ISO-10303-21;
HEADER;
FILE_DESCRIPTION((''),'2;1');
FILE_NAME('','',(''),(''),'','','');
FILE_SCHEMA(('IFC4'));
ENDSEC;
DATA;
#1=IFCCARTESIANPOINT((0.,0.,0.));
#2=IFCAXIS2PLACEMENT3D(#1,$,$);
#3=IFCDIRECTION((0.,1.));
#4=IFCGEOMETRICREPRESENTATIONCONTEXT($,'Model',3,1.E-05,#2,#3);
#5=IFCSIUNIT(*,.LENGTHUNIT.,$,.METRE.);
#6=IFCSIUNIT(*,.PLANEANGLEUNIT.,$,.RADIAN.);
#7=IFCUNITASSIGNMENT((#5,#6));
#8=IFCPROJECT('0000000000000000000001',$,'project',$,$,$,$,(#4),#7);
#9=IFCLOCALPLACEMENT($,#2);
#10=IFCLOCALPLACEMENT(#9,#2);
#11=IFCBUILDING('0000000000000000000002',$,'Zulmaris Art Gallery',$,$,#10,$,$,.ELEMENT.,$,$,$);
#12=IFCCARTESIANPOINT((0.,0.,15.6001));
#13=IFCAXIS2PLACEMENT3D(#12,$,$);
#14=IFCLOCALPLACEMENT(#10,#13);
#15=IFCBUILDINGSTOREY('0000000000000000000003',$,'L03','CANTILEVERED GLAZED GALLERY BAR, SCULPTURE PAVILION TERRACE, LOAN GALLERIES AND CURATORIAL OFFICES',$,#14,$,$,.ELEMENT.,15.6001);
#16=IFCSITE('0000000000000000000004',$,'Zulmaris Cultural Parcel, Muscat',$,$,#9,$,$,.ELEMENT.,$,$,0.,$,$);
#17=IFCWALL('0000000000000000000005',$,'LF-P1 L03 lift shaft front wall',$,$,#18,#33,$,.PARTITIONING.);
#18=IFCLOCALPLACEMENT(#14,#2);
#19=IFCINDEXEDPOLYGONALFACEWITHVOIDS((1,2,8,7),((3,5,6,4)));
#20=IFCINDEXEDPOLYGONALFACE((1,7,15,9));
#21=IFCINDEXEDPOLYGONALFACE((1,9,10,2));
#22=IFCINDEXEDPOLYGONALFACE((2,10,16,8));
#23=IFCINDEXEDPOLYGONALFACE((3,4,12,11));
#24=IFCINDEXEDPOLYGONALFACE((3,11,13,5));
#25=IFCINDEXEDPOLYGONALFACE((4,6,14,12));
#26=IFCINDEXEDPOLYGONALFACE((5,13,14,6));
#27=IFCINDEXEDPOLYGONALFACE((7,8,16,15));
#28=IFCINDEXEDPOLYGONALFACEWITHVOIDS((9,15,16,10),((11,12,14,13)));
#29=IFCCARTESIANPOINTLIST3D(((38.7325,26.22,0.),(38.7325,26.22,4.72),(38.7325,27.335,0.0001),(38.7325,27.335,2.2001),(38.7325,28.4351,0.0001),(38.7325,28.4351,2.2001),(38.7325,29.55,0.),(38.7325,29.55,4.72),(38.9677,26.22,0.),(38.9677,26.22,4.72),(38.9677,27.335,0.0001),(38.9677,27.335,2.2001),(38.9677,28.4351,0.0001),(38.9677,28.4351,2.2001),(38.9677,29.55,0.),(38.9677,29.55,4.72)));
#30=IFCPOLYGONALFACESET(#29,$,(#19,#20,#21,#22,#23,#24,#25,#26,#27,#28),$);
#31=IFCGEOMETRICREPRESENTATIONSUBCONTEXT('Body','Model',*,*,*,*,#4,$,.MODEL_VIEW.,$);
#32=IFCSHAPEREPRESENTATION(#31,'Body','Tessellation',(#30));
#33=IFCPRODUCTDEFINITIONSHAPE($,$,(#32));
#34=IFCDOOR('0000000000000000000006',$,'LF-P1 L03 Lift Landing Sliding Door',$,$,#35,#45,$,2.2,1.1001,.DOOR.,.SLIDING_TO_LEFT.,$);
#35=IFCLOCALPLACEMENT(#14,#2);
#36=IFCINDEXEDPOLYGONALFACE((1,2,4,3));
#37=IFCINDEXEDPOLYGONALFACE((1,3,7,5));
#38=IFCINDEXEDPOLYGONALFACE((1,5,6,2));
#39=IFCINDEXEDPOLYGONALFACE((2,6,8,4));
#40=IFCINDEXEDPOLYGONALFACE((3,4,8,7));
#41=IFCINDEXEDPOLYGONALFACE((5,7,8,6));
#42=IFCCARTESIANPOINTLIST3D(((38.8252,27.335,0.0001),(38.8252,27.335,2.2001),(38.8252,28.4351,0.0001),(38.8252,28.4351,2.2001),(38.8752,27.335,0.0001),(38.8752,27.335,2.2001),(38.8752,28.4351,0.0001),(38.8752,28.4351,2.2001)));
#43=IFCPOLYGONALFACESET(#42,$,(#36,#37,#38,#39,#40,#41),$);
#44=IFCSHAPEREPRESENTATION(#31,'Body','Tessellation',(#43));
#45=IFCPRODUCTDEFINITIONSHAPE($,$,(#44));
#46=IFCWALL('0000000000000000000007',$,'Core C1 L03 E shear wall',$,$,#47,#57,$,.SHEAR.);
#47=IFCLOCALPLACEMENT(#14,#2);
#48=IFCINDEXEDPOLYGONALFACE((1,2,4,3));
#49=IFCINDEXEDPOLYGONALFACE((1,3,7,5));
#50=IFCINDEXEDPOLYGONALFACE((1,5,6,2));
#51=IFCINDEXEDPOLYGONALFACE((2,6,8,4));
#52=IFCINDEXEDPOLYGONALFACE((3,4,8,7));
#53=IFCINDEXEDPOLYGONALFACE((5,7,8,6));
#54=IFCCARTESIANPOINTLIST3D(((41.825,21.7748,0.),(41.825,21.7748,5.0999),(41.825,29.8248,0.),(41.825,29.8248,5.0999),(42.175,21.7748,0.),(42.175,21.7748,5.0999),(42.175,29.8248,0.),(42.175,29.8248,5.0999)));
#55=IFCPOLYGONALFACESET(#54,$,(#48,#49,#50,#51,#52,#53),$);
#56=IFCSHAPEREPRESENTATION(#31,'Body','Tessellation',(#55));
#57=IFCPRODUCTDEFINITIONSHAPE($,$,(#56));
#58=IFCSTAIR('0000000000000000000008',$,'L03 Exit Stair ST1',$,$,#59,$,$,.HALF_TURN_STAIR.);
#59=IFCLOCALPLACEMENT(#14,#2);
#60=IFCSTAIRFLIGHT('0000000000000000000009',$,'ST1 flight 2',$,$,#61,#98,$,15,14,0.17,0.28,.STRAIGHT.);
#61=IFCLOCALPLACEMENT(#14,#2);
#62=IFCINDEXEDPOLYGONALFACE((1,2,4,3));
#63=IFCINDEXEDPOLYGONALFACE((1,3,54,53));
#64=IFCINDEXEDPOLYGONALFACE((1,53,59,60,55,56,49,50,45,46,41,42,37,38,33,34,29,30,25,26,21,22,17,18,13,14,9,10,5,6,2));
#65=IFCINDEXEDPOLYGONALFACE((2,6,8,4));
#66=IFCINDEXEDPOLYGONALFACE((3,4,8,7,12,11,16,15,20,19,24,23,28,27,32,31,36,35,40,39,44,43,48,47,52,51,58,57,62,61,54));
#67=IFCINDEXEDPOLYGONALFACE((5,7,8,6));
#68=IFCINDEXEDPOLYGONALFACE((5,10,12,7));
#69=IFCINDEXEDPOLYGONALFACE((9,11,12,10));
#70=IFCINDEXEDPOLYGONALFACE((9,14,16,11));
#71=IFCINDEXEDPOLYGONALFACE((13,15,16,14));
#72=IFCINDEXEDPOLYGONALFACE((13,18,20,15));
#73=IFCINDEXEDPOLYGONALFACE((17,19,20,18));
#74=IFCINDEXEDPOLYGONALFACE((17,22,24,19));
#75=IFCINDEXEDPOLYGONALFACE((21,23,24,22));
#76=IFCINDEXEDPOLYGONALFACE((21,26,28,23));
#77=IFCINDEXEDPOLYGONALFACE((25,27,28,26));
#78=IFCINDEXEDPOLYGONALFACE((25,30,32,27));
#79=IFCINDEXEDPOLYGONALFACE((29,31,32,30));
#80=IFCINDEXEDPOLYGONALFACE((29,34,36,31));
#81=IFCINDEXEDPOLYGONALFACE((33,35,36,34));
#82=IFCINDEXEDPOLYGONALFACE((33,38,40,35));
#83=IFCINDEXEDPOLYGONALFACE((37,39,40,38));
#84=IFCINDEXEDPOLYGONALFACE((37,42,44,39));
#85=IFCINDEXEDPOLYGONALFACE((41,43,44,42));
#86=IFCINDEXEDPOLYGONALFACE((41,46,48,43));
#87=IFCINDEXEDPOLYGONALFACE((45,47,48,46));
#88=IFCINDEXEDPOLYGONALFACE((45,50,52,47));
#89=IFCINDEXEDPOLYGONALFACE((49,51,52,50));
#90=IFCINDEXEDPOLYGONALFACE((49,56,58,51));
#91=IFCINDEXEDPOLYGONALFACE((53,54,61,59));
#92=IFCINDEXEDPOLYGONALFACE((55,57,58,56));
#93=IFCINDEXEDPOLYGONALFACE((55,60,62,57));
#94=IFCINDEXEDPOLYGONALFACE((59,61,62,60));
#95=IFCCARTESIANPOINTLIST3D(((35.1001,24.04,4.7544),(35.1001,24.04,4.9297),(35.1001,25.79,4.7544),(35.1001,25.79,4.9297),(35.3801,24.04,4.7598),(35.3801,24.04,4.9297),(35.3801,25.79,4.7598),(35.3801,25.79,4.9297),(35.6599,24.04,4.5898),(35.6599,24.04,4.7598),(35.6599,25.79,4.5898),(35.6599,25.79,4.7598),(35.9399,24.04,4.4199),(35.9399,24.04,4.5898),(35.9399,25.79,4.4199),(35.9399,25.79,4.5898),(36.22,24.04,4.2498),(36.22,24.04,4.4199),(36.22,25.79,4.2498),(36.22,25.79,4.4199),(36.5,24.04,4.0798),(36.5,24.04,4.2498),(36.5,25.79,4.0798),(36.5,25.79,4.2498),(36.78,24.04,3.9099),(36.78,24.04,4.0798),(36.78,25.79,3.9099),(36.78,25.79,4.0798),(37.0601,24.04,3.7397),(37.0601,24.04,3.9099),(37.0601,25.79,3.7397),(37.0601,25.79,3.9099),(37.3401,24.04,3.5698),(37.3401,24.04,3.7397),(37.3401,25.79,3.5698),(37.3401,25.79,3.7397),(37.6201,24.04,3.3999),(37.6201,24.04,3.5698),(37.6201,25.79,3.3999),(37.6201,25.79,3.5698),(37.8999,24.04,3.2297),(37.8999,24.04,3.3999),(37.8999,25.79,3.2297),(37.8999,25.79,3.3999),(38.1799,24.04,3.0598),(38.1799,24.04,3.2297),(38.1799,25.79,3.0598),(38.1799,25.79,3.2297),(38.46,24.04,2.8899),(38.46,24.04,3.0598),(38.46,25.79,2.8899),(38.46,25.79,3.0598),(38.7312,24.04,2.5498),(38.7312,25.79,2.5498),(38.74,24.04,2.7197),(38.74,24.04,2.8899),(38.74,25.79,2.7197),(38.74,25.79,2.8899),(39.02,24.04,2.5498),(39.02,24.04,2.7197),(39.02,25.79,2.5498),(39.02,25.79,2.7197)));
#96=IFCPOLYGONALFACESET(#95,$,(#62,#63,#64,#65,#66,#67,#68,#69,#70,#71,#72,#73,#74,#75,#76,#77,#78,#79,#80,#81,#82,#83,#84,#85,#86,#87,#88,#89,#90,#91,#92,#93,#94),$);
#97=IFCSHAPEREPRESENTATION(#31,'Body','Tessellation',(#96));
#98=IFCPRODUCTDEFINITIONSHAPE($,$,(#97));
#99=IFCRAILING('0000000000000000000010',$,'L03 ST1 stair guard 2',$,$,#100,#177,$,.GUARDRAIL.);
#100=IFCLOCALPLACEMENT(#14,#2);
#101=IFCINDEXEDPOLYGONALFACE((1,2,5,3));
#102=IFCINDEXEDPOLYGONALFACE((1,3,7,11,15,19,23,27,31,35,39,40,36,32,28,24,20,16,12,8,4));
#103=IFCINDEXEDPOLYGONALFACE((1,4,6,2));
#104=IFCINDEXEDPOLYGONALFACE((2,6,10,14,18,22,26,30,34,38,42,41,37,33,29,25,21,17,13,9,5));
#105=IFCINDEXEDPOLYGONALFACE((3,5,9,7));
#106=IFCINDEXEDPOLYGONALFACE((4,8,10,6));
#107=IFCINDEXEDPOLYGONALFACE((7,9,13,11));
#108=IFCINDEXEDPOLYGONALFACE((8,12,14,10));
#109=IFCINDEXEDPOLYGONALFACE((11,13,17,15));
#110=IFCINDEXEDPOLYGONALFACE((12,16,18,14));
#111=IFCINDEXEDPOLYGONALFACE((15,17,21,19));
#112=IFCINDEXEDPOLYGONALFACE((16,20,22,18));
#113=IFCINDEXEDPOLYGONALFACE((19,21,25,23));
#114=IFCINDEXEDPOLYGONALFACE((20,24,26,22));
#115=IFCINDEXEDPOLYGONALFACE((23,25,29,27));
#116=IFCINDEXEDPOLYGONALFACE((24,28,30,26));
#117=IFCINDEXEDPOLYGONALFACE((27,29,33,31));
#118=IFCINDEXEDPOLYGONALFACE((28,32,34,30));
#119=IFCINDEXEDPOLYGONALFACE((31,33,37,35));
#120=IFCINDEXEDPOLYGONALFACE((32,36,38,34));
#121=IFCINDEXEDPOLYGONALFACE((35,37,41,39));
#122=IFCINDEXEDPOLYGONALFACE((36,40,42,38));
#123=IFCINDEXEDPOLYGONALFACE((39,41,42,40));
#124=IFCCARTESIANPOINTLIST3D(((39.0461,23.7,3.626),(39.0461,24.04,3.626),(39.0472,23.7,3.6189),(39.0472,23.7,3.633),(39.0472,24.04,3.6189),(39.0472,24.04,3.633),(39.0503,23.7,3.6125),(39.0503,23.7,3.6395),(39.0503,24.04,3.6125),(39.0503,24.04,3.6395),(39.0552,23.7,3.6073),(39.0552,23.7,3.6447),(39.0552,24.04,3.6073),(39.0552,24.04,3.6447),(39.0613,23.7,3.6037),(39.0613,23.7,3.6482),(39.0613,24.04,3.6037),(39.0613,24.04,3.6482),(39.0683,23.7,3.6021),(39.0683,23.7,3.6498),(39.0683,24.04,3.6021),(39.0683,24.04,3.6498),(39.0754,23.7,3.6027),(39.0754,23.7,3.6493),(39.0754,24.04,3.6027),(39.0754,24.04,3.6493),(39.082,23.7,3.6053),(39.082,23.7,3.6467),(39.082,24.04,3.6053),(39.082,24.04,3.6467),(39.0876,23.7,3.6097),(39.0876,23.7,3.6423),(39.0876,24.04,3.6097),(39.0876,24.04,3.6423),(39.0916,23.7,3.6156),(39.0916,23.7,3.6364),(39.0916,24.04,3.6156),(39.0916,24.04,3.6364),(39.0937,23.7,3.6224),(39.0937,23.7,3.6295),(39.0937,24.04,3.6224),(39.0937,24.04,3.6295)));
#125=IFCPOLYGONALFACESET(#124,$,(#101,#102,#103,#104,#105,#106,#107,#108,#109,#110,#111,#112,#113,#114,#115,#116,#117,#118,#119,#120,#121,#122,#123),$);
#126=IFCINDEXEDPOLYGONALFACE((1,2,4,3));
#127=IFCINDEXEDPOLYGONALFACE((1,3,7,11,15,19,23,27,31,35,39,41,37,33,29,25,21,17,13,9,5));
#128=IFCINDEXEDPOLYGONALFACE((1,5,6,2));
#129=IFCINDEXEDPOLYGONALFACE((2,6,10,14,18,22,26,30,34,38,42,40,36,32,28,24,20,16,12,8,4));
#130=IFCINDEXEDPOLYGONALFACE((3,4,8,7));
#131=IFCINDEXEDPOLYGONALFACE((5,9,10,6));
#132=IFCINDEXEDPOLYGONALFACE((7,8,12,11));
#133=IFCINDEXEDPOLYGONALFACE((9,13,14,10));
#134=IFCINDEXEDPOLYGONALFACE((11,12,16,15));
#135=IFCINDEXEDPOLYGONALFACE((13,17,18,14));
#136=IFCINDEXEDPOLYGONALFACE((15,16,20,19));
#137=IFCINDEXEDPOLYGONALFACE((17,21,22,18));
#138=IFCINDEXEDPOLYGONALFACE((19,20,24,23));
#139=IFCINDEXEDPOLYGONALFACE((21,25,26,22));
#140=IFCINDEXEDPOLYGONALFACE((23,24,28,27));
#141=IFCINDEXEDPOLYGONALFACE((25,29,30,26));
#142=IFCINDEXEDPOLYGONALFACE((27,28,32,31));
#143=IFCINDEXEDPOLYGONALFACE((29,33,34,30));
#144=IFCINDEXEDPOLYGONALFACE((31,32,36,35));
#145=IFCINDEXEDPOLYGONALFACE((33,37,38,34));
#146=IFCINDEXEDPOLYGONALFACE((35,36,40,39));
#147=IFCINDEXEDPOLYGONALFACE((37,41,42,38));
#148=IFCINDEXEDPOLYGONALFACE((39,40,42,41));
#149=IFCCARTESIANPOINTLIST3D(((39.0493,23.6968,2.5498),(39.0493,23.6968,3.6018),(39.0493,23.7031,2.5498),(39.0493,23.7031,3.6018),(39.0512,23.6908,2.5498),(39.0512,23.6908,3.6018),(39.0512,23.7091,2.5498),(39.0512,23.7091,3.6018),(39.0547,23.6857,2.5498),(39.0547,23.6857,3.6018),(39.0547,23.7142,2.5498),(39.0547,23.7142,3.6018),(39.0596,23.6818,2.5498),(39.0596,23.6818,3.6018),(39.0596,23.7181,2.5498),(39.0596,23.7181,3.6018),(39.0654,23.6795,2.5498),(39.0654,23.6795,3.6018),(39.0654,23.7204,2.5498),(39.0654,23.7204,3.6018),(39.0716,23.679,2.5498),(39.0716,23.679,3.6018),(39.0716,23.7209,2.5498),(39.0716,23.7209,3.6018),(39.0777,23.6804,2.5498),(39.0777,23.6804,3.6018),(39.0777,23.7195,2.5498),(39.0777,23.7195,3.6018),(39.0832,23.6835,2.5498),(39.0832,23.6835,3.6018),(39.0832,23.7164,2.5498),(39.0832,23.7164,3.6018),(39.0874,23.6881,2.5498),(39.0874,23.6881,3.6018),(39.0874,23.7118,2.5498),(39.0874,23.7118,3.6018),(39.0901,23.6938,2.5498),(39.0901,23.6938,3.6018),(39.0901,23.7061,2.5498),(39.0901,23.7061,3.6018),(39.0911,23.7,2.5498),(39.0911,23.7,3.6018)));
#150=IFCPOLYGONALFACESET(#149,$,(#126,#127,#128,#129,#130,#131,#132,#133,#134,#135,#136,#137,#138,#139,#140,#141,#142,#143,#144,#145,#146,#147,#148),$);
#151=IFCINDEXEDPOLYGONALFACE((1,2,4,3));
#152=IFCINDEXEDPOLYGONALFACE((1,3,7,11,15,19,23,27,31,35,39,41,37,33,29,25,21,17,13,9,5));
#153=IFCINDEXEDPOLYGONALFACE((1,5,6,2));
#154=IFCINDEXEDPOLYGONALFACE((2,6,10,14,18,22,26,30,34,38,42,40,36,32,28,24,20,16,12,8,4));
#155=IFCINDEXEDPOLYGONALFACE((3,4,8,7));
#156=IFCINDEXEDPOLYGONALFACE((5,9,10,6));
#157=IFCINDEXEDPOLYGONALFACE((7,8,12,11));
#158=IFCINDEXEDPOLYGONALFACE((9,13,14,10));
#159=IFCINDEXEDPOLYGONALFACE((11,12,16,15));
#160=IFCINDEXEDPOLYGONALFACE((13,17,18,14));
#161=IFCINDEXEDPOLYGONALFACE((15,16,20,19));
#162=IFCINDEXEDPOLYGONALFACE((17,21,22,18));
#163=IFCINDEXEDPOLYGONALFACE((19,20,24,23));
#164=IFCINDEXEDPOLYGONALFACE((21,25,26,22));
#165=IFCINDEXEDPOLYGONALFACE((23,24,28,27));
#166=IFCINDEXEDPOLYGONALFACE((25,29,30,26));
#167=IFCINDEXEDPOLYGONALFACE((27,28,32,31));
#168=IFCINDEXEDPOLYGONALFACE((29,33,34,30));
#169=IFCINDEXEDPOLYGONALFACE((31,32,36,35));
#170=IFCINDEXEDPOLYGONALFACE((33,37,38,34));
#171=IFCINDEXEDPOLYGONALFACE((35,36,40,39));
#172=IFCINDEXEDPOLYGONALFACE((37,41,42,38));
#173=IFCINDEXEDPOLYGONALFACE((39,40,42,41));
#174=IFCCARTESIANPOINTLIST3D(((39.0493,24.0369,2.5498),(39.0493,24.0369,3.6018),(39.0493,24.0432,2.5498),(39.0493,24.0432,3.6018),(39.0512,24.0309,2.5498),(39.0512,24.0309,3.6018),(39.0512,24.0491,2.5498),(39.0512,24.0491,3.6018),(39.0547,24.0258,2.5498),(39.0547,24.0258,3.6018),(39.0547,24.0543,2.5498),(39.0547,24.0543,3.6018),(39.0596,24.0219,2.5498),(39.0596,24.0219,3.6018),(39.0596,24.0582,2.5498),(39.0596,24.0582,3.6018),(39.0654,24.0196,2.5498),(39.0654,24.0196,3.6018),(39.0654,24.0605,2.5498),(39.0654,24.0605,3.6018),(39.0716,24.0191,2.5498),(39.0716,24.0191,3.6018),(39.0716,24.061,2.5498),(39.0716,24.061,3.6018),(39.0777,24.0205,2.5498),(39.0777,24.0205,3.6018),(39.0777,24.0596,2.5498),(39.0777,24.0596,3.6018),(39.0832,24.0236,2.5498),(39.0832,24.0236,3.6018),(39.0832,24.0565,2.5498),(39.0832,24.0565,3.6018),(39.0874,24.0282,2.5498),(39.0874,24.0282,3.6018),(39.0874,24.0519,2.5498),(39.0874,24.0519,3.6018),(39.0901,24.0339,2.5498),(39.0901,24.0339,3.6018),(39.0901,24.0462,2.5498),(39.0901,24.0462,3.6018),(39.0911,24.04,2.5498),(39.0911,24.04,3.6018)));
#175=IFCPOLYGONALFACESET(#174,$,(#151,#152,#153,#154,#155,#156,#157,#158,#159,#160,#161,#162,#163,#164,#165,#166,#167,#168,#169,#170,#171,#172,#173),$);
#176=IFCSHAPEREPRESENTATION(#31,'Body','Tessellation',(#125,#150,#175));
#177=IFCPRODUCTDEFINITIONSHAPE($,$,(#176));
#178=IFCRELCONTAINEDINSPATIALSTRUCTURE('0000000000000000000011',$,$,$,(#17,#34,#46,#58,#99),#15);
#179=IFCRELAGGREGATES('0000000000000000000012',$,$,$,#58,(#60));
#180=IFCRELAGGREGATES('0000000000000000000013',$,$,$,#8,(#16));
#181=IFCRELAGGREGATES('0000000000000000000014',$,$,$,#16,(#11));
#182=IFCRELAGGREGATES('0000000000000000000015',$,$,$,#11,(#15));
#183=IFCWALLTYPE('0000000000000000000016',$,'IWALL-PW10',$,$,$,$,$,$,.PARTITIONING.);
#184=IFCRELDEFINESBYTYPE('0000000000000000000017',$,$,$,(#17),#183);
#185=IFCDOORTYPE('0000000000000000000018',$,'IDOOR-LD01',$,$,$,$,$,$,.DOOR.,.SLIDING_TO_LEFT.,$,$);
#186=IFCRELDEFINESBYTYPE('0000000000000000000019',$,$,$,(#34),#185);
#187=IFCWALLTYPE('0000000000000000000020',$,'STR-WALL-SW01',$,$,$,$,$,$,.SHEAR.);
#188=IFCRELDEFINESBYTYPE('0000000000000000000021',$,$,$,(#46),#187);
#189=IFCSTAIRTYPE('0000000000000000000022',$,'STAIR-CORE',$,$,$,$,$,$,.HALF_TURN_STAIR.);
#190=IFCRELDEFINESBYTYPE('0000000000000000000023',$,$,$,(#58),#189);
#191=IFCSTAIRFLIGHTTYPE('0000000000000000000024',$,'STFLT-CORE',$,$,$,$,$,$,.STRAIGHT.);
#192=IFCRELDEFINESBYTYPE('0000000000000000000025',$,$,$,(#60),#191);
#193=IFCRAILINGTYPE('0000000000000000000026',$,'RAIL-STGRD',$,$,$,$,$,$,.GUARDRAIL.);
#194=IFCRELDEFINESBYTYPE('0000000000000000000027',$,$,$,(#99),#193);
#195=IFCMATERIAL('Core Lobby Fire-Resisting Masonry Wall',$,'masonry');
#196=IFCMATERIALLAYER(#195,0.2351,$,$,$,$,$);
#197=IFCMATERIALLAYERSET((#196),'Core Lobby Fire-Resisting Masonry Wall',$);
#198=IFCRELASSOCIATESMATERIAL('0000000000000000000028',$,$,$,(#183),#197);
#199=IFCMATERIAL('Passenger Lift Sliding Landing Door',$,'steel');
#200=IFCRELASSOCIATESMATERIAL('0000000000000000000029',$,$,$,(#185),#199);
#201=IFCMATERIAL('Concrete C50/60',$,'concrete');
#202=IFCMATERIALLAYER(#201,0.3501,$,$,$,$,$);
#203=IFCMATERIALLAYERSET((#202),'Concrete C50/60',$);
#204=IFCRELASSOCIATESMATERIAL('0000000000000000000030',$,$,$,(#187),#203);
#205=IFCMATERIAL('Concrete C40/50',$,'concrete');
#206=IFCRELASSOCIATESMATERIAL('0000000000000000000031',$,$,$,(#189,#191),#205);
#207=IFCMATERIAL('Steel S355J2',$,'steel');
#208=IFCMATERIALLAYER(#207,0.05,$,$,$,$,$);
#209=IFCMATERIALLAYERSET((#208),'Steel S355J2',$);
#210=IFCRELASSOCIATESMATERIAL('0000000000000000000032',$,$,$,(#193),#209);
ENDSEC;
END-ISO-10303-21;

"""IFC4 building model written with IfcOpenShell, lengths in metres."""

from ifc_helpers import new_model, si_unit, direction, frame, frame_2d, origin, origin_2d, place, context, subcontext, project, spatial, polyline, rectangle, circle, outline, extrude, material, layer, layer_set, type_object, element, fill, aggregate, save


model = new_model("IFC4")

# Units and contexts
model_context = context("Model", 3, precision=1e-05, world=origin(), true_north=direction((0.0, 1.0)))
body_context = subcontext(model_context, "Body", "Model", "MODEL_VIEW")
ifc_project = project(units=[si_unit("LENGTHUNIT", "METRE"), si_unit("PLANEANGLEUNIT", "RADIAN")], contexts=[model_context])

# Site, building, storey
site_placement = place(None, origin())
site = spatial("IfcSite", under=ifc_project, at=site_placement, Name="Zulmaris Cultural Parcel, Muscat", CompositionType="ELEMENT", RefElevation=0.0)
building_placement = place(site_placement, origin())
building = spatial("IfcBuilding", under=site, at=building_placement, Name="Zulmaris Art Gallery", CompositionType="ELEMENT")
storey_placement = place(building_placement, frame((0.0, 0.0, 15.6001)))
storey = spatial("IfcBuildingStorey", under=building, at=storey_placement, Name="L03", Description="CANTILEVERED GLAZED GALLERY BAR, SCULPTURE PAVILION TERRACE, LOAN GALLERIES AND CURATORIAL OFFICES", CompositionType="ELEMENT", Elevation=15.6001)

# Shared definitions
ifc_material_1 = material(Name="Concrete C40/50", Category="concrete")

# Shared definitions
ifc_material_2 = material(Name="Steel S355J2", Category="steel")

# Wall, opening, door
ifc_material_3 = material(Name="Core Lobby Fire-Resisting Masonry Wall", Category="masonry")
ifc_layer_1 = layer(ifc_material_3, 0.2351)
ifc_layer_set_1 = layer_set([ifc_layer_1], Name="Core Lobby Fire-Resisting Masonry Wall")
wall_type_1 = type_object("IfcWallType", Name="IWALL-PW10", PredefinedType="PARTITIONING", material=ifc_layer_set_1)
wall_1_placement = place(storey_placement, frame((38.8501, 26.22, 0.0), z_axis=(0.0, 0.0, 1.0), x_axis=(0.0, 1.0, 0.0)))
wall_1 = element("IfcWall", 1, at=wall_1_placement, inside=storey, type_object=wall_type_1, Name="LF-P1 L03 lift shaft front wall", PredefinedType="PARTITIONING", context=body_context, shape_type="SweptSolid", body=[
    extrude(rectangle(XDim=3.3301, YDim=0.2351, at=frame_2d((1.665, 0.0))), origin(), (0.0, 0.0, 1.0), 4.72),
])
opening_1_placement = place(wall_1_placement, frame((1.115, 0.0, 0.0)))
opening_1 = element("IfcOpeningElement", 2, at=opening_1_placement, cuts=wall_1, PredefinedType="OPENING", context=body_context, shape_type="SweptSolid", body=[
    extrude(rectangle(XDim=1.1001, YDim=2.2, at=frame_2d((0.55, 1.1001))), frame((0.0, 0.1274, 0.0), z_axis=(0.0, -1.0, 0.0), x_axis=(1.0, 0.0, 0.0)), (0.0, 0.0, 1.0), 0.2551),
])
ifc_material_4 = material(Name="Passenger Lift Sliding Landing Door", Category="steel")
door_type_1 = type_object("IfcDoorType", Name="IDOOR-LD01", OperationType="SLIDING_TO_LEFT", PredefinedType="DOOR", material=ifc_material_4)
door_1_placement = place(opening_1_placement, origin())
door_1 = element("IfcDoor", 3, at=door_1_placement, inside=storey, type_object=door_type_1, Name="LF-P1 L03 Lift Landing Sliding Door", OperationType="SLIDING_TO_LEFT", OverallHeight=2.2, OverallWidth=1.1001, PredefinedType="DOOR", context=body_context, shape_type="SweptSolid", body=[
    extrude(rectangle(XDim=1.1001, YDim=2.2, at=frame_2d((0.55, 1.1001))), frame((0.0, 0.0249, 0.0), z_axis=(0.0, -1.0, 0.0), x_axis=(1.0, 0.0, 0.0)), (0.0, 0.0, 1.0), 0.05),
])
fill(opening_1, door_1)

# Wall
ifc_material_5 = material(Name="Concrete C50/60", Category="concrete")
ifc_layer_2 = layer(ifc_material_5, 0.3501)
ifc_layer_set_2 = layer_set([ifc_layer_2], Name="Concrete C50/60")
wall_type_2 = type_object("IfcWallType", Name="STR-WALL-SW01", PredefinedType="SHEAR", material=ifc_layer_set_2)
wall_2_placement = place(storey_placement, frame((42.0, 21.7749, 0.0), z_axis=(0.0, 0.0, 1.0), x_axis=(0.0, 1.0, 0.0)))
element("IfcWall", 4, at=wall_2_placement, inside=storey, type_object=wall_type_2, Name="Core C1 L03 E shear wall", PredefinedType="SHEAR", context=body_context, shape_type="SweptSolid", body=[
    extrude(rectangle(XDim=8.05, YDim=0.3501, at=frame_2d((4.0249, 0.0))), origin(), (0.0, 0.0, 1.0), 5.0999),
])

# Stair, stair flight
stair_type = type_object("IfcStairType", Name="STAIR-CORE", PredefinedType="HALF_TURN_STAIR", material=ifc_material_1)
stair_placement = place(storey_placement, origin())
stair = element("IfcStair", 5, at=stair_placement, inside=storey, type_object=stair_type, Name="L03 Exit Stair ST1", PredefinedType="HALF_TURN_STAIR")
stair_flight_type = type_object("IfcStairFlightType", Name="STFLT-CORE", PredefinedType="STRAIGHT", material=ifc_material_1)
stair_flight_placement = place(storey_placement, frame((39.02, 24.915, 2.5498), z_axis=(0.0, 0.0, 1.0), x_axis=(-1.0, 0.0, 0.0)))
stair_flight = element("IfcStairFlight", 6, at=stair_flight_placement, type_object=stair_flight_type, Name="ST1 flight 2", NumberOfRisers=15, NumberOfTreads=14, PredefinedType="STRAIGHT", RiserHeight=0.17, TreadLength=0.28, context=body_context, shape_type="SweptSolid", body=[
    extrude(outline(polyline([(0.0, 0.0), (0.0, 0.1699), (0.28, 0.1699), (0.28, 0.3401), (0.5601, 0.3401), (0.5601, 0.51), (0.8401, 0.51), (0.8401, 0.6799), (1.1201, 0.6799), (1.1201, 0.8501), (1.3999, 0.8501), (1.3999, 1.02), (1.6799, 1.02), (1.6799, 1.1899), (1.96, 1.1899), (1.96, 1.3601), (2.24, 1.3601), (2.24, 1.53), (2.52, 1.53), (2.52, 1.7), (2.8, 1.7), (2.8, 1.8701), (3.0801, 1.8701), (3.0801, 2.04), (3.3601, 2.04), (3.3601, 2.21), (3.6399, 2.21), (3.6399, 2.3799), (3.9199, 2.3799), (3.9199, 2.55), (3.9199, 2.2046), (0.2888, 0.0), (0.0, 0.0)])), frame((0.0, 0.875, 0.0), z_axis=(0.0, -1.0, 0.0), x_axis=(1.0, 0.0, 0.0)), (0.0, 0.0, 1.0), 1.75),
])
aggregate(stair, [stair_flight])

# Railing
ifc_layer_3 = layer(ifc_material_2, 0.05)
ifc_layer_set_3 = layer_set([ifc_layer_3], Name="Steel S355J2")
railing_type_1 = type_object("IfcRailingType", Name="RAIL-STGRD", PredefinedType="GUARDRAIL", material=ifc_layer_set_3)
railing_1_placement = place(storey_placement, frame((39.0701, 23.7, 2.5498)))
element("IfcRailing", 7, at=railing_1_placement, inside=storey, type_object=railing_type_1, Name="L03 ST1 stair guard 2", PredefinedType="GUARDRAIL", context=body_context, shape_type="SweptSolid", body=[
    extrude(circle(Radius=0.0239, at=origin_2d()), frame((0.0, 0.0, 1.0762), z_axis=(0.0, 1.0, 0.0), x_axis=(-1.0, 0.0, 0.0)), (0.0, 0.0, 1.0), 0.3401),
    extrude(circle(Radius=0.021, at=origin_2d()), origin(), (0.0, 0.0, 1.0), 1.052),
    extrude(circle(Radius=0.021, at=origin_2d()), frame((0.0, 0.3401, 0.0)), (0.0, 0.0, 1.0), 1.052),
])

save(model, "model.ifc")
